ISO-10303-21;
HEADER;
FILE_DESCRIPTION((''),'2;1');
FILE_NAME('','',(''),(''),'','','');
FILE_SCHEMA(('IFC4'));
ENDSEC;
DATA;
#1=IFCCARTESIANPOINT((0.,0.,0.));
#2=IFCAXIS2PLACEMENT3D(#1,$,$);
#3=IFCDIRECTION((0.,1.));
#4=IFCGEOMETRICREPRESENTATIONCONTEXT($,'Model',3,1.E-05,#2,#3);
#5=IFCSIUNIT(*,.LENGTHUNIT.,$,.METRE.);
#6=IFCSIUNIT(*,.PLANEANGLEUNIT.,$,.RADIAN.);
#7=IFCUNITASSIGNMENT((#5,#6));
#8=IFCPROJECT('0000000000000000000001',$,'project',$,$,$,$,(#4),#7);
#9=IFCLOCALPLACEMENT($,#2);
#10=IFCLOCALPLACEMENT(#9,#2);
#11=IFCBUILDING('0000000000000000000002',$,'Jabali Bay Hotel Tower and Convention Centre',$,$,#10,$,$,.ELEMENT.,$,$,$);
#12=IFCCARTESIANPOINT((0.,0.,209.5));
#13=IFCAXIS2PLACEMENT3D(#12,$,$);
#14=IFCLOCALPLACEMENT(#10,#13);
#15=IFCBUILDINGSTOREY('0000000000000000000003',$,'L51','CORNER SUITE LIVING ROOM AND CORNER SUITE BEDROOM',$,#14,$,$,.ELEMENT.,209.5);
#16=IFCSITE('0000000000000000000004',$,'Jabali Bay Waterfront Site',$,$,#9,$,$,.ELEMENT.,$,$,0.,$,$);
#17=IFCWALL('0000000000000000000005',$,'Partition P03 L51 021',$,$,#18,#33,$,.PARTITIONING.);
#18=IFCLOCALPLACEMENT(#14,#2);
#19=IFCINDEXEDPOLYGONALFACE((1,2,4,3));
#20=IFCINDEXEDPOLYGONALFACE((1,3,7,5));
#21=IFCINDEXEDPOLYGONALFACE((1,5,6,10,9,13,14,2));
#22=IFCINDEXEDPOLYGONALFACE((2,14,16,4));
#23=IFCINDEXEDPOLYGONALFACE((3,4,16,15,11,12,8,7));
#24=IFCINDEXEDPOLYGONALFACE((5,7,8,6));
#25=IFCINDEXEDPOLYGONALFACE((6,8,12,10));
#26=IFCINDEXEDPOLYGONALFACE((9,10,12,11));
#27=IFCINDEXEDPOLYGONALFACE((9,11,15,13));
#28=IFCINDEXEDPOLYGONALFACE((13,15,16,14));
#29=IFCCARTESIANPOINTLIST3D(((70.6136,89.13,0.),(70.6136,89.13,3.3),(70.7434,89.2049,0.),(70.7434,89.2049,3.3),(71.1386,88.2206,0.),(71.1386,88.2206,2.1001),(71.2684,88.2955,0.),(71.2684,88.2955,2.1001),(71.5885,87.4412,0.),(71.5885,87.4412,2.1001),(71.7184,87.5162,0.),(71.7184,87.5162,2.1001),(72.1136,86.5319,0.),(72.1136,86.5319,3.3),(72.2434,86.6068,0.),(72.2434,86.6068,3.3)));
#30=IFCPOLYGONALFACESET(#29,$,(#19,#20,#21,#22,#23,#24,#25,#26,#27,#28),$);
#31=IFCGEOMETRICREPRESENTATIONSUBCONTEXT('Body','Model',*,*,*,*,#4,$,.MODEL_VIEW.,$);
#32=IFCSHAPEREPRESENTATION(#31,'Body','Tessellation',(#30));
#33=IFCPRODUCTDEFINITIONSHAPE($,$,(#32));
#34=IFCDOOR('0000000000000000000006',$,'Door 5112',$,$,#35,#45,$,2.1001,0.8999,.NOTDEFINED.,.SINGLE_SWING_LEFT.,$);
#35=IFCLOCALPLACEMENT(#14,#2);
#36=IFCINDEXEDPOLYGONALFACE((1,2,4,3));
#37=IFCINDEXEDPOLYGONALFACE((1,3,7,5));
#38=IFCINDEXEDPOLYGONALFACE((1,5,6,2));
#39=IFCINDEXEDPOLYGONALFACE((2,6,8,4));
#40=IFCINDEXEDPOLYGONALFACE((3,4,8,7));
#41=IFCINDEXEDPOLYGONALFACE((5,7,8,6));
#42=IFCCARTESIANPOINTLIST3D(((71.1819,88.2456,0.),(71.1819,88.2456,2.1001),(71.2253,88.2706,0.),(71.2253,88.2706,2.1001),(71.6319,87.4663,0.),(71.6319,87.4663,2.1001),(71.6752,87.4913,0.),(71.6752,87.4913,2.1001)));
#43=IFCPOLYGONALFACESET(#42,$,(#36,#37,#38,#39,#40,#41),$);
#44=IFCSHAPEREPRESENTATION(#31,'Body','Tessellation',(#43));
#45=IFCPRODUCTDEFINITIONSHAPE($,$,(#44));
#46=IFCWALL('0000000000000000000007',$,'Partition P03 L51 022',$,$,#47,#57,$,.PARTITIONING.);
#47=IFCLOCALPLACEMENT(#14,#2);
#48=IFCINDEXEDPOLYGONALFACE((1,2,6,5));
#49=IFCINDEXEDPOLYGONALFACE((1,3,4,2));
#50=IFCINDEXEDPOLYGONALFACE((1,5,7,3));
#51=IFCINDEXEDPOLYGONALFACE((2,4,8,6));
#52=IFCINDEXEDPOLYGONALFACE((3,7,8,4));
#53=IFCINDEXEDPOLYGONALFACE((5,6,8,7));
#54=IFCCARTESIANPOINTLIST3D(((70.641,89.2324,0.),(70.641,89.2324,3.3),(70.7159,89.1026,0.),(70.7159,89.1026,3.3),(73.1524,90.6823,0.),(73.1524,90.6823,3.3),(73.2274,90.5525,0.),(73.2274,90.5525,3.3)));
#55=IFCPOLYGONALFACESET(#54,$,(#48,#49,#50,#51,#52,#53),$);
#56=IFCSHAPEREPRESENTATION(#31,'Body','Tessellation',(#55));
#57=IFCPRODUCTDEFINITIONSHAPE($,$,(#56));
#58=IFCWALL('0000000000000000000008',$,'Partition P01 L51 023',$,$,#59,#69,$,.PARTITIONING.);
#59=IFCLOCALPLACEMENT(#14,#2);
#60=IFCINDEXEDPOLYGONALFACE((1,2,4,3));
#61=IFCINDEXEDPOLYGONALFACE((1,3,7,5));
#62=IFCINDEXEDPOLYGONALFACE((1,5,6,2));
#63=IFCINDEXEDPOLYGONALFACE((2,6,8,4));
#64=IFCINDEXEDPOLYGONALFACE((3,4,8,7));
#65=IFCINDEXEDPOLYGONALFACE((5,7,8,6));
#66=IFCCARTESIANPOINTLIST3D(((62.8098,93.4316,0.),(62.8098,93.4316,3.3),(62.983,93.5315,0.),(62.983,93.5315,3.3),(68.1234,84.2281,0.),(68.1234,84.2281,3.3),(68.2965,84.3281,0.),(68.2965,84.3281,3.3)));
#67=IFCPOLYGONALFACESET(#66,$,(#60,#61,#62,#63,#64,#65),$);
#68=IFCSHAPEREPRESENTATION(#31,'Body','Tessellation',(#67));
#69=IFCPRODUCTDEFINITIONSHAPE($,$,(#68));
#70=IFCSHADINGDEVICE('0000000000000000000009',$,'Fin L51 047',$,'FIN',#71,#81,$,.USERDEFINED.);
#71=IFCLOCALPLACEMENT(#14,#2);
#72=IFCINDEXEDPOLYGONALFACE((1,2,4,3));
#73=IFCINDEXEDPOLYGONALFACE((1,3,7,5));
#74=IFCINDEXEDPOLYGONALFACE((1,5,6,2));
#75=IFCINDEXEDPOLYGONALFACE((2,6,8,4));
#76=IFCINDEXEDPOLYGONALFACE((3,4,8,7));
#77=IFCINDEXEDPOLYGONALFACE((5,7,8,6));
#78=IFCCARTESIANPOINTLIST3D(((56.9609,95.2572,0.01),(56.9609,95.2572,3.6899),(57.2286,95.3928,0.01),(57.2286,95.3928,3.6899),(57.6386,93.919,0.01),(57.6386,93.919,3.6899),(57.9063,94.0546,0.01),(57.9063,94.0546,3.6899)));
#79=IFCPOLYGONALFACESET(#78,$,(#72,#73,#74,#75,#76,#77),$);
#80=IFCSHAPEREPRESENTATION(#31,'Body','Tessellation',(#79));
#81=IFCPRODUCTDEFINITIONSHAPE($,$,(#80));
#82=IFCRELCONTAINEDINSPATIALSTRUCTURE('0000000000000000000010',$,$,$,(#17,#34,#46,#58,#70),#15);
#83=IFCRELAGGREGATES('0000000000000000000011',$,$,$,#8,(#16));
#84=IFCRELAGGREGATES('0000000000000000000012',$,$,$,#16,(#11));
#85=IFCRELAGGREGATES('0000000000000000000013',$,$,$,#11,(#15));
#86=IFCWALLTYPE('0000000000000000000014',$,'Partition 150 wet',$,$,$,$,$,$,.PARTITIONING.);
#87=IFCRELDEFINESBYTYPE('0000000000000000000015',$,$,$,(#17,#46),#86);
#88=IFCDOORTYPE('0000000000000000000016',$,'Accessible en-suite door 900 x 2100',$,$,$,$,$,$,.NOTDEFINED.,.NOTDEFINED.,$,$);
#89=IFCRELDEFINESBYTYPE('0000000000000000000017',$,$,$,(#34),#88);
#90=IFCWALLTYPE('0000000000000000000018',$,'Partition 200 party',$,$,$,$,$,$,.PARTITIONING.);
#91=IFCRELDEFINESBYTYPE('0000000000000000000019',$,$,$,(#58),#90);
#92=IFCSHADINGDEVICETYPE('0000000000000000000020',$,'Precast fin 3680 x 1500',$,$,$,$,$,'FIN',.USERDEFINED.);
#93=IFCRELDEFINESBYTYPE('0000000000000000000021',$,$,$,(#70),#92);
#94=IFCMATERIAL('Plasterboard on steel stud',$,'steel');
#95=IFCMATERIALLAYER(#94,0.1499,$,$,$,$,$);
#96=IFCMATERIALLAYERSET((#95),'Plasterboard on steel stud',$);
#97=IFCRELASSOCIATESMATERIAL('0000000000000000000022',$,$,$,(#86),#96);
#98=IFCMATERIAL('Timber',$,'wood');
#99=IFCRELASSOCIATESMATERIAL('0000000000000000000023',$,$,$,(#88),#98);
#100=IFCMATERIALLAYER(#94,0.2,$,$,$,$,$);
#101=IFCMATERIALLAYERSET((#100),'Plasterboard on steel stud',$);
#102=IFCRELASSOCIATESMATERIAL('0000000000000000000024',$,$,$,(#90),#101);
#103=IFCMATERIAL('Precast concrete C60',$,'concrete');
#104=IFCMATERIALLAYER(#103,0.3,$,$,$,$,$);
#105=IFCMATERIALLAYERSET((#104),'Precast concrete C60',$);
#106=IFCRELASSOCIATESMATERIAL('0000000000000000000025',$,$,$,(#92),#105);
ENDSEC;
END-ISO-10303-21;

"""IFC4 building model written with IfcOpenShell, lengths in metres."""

from ifc_helpers import new_model, si_unit, direction, frame, frame_2d, origin, place, context, subcontext, project, spatial, rectangle, extrude, material, layer, layer_set, type_object, element, fill, save


model = new_model("IFC4")

# Units and contexts
model_context = context("Model", 3, precision=1e-05, world=origin(), true_north=direction((0.0, 1.0)))
body_context = subcontext(model_context, "Body", "Model", "MODEL_VIEW")
ifc_project = project(units=[si_unit("LENGTHUNIT", "METRE"), si_unit("PLANEANGLEUNIT", "RADIAN")], contexts=[model_context])

# Site, building, storey
site_placement = place(None, origin())
site = spatial("IfcSite", under=ifc_project, at=site_placement, Name="Jabali Bay Waterfront Site", CompositionType="ELEMENT", RefElevation=0.0)
building_placement = place(site_placement, origin())
building = spatial("IfcBuilding", under=site, at=building_placement, Name="Jabali Bay Hotel Tower and Convention Centre", CompositionType="ELEMENT")
storey_placement = place(building_placement, frame((0.0, 0.0, 209.5)))
storey = spatial("IfcBuildingStorey", under=building, at=storey_placement, Name="L51", Description="CORNER SUITE LIVING ROOM AND CORNER SUITE BEDROOM", CompositionType="ELEMENT", Elevation=209.5)

# Shared definitions
ifc_material_1 = material(Name="Timber", Category="wood")

# Wall, opening, door
ifc_material_2 = material(Name="Plasterboard on steel stud", Category="steel")
ifc_layer_1 = layer(ifc_material_2, 0.1499)
ifc_layer_set_1 = layer_set([ifc_layer_1], Name="Plasterboard on steel stud")
wall_type_1 = type_object("IfcWallType", Name="Partition 150 wet", PredefinedType="PARTITIONING", material=ifc_layer_set_1)
wall_1_placement = place(storey_placement, frame((72.1785, 86.5693, 0.0), z_axis=(0.0, 0.0, 1.0), x_axis=(-0.49999, 0.866031, 0.0)))
wall_1 = element("IfcWall", 1, at=wall_1_placement, inside=storey, type_object=wall_type_1, Name="Partition P03 L51 021", PredefinedType="PARTITIONING", context=body_context, shape_type="SweptSolid", body=[
    extrude(rectangle(XDim=3.0, YDim=0.1499, at=frame_2d((1.5, 0.0))), origin(), (0.0, 0.0, 1.0), 3.3),
])
opening_1_placement = place(wall_1_placement, frame((1.05, 0.0, 0.0)))
opening_1 = element("IfcOpeningElement", 2, at=opening_1_placement, cuts=wall_1, PredefinedType="OPENING", context=body_context, shape_type="SweptSolid", body=[
    extrude(rectangle(XDim=0.8999, YDim=2.1001, at=frame_2d((0.45, 1.05))), frame((0.0, 0.0854, 0.0), z_axis=(0.0, -1.0, 0.0), x_axis=(1.0, 0.0, 0.0)), (0.0, 0.0, 1.0), 0.1709),
])
door_type_1 = type_object("IfcDoorType", Name="Accessible en-suite door 900 x 2100", OperationType="NOTDEFINED", PredefinedType="NOTDEFINED", material=ifc_material_1)
door_1_placement = place(opening_1_placement, origin())
door_1 = element("IfcDoor", 3, at=door_1_placement, inside=storey, type_object=door_type_1, Name="Door 5112", OperationType="SINGLE_SWING_LEFT", OverallHeight=2.1001, OverallWidth=0.8999, PredefinedType="NOTDEFINED", context=body_context, shape_type="SweptSolid", body=[
    extrude(rectangle(XDim=0.8999, YDim=2.1001, at=frame_2d((0.45, 1.05))), frame((0.0, 0.0249, 0.0), z_axis=(0.0, -1.0, 0.0), x_axis=(1.0, 0.0, 0.0)), (0.0, 0.0, 1.0), 0.05),
])
fill(opening_1, door_1)

# Walls
wall_2_placement = place(storey_placement, frame((70.6785, 89.1675, 0.0), z_axis=(0.0, 0.0, 1.0), x_axis=(0.866033, 0.499987, 0.0)))
element("IfcWall", 4, at=wall_2_placement, inside=storey, type_object=wall_type_1, Name="Partition P03 L51 022", PredefinedType="PARTITIONING", context=body_context, shape_type="SweptSolid", body=[
    extrude(rectangle(XDim=2.8999, YDim=0.1499, at=frame_2d((1.45, 0.0))), origin(), (0.0, 0.0, 1.0), 3.3),
])
ifc_layer_2 = layer(ifc_material_2, 0.2)
ifc_layer_set_2 = layer_set([ifc_layer_2], Name="Plasterboard on steel stud")
wall_type_2 = type_object("IfcWallType", Name="Partition 200 party", PredefinedType="PARTITIONING", material=ifc_layer_set_2)
wall_3_placement = place(storey_placement, frame((62.8965, 93.4814, 0.0), z_axis=(0.0, 0.0, 1.0), x_axis=(0.499994, -0.866029, 0.0)))
element("IfcWall", 5, at=wall_3_placement, inside=storey, type_object=wall_type_2, Name="Partition P01 L51 023", PredefinedType="PARTITIONING", context=body_context, shape_type="SweptSolid", body=[
    extrude(rectangle(XDim=10.6272, YDim=0.2, at=frame_2d((5.3135, 0.0))), origin(), (0.0, 0.0, 1.0), 3.3),
])

# Shading device
ifc_material_3 = material(Name="Precast concrete C60", Category="concrete")
ifc_layer_3 = layer(ifc_material_3, 0.3)
ifc_layer_set_3 = layer_set([ifc_layer_3], Name="Precast concrete C60")
shading_device_type = type_object("IfcShadingDeviceType", Name="Precast fin 3680 x 1500", ElementType="FIN", PredefinedType="USERDEFINED", material=ifc_layer_set_3)
shading_device_placement = place(storey_placement, frame((57.7725, 93.9868, 0.01), z_axis=(0.0, 0.0, 1.0), x_axis=(-0.45183, 0.892104, 0.0)))
element("IfcShadingDevice", 6, at=shading_device_placement, inside=storey, type_object=shading_device_type, Name="Fin L51 047", ObjectType="FIN", PredefinedType="USERDEFINED", context=body_context, shape_type="SweptSolid", body=[
    extrude(rectangle(XDim=1.5, YDim=0.3, at=frame_2d((0.75, 0.0))), origin(), (0.0, 0.0, 1.0), 3.6799),
])

save(model, "model.ifc")
